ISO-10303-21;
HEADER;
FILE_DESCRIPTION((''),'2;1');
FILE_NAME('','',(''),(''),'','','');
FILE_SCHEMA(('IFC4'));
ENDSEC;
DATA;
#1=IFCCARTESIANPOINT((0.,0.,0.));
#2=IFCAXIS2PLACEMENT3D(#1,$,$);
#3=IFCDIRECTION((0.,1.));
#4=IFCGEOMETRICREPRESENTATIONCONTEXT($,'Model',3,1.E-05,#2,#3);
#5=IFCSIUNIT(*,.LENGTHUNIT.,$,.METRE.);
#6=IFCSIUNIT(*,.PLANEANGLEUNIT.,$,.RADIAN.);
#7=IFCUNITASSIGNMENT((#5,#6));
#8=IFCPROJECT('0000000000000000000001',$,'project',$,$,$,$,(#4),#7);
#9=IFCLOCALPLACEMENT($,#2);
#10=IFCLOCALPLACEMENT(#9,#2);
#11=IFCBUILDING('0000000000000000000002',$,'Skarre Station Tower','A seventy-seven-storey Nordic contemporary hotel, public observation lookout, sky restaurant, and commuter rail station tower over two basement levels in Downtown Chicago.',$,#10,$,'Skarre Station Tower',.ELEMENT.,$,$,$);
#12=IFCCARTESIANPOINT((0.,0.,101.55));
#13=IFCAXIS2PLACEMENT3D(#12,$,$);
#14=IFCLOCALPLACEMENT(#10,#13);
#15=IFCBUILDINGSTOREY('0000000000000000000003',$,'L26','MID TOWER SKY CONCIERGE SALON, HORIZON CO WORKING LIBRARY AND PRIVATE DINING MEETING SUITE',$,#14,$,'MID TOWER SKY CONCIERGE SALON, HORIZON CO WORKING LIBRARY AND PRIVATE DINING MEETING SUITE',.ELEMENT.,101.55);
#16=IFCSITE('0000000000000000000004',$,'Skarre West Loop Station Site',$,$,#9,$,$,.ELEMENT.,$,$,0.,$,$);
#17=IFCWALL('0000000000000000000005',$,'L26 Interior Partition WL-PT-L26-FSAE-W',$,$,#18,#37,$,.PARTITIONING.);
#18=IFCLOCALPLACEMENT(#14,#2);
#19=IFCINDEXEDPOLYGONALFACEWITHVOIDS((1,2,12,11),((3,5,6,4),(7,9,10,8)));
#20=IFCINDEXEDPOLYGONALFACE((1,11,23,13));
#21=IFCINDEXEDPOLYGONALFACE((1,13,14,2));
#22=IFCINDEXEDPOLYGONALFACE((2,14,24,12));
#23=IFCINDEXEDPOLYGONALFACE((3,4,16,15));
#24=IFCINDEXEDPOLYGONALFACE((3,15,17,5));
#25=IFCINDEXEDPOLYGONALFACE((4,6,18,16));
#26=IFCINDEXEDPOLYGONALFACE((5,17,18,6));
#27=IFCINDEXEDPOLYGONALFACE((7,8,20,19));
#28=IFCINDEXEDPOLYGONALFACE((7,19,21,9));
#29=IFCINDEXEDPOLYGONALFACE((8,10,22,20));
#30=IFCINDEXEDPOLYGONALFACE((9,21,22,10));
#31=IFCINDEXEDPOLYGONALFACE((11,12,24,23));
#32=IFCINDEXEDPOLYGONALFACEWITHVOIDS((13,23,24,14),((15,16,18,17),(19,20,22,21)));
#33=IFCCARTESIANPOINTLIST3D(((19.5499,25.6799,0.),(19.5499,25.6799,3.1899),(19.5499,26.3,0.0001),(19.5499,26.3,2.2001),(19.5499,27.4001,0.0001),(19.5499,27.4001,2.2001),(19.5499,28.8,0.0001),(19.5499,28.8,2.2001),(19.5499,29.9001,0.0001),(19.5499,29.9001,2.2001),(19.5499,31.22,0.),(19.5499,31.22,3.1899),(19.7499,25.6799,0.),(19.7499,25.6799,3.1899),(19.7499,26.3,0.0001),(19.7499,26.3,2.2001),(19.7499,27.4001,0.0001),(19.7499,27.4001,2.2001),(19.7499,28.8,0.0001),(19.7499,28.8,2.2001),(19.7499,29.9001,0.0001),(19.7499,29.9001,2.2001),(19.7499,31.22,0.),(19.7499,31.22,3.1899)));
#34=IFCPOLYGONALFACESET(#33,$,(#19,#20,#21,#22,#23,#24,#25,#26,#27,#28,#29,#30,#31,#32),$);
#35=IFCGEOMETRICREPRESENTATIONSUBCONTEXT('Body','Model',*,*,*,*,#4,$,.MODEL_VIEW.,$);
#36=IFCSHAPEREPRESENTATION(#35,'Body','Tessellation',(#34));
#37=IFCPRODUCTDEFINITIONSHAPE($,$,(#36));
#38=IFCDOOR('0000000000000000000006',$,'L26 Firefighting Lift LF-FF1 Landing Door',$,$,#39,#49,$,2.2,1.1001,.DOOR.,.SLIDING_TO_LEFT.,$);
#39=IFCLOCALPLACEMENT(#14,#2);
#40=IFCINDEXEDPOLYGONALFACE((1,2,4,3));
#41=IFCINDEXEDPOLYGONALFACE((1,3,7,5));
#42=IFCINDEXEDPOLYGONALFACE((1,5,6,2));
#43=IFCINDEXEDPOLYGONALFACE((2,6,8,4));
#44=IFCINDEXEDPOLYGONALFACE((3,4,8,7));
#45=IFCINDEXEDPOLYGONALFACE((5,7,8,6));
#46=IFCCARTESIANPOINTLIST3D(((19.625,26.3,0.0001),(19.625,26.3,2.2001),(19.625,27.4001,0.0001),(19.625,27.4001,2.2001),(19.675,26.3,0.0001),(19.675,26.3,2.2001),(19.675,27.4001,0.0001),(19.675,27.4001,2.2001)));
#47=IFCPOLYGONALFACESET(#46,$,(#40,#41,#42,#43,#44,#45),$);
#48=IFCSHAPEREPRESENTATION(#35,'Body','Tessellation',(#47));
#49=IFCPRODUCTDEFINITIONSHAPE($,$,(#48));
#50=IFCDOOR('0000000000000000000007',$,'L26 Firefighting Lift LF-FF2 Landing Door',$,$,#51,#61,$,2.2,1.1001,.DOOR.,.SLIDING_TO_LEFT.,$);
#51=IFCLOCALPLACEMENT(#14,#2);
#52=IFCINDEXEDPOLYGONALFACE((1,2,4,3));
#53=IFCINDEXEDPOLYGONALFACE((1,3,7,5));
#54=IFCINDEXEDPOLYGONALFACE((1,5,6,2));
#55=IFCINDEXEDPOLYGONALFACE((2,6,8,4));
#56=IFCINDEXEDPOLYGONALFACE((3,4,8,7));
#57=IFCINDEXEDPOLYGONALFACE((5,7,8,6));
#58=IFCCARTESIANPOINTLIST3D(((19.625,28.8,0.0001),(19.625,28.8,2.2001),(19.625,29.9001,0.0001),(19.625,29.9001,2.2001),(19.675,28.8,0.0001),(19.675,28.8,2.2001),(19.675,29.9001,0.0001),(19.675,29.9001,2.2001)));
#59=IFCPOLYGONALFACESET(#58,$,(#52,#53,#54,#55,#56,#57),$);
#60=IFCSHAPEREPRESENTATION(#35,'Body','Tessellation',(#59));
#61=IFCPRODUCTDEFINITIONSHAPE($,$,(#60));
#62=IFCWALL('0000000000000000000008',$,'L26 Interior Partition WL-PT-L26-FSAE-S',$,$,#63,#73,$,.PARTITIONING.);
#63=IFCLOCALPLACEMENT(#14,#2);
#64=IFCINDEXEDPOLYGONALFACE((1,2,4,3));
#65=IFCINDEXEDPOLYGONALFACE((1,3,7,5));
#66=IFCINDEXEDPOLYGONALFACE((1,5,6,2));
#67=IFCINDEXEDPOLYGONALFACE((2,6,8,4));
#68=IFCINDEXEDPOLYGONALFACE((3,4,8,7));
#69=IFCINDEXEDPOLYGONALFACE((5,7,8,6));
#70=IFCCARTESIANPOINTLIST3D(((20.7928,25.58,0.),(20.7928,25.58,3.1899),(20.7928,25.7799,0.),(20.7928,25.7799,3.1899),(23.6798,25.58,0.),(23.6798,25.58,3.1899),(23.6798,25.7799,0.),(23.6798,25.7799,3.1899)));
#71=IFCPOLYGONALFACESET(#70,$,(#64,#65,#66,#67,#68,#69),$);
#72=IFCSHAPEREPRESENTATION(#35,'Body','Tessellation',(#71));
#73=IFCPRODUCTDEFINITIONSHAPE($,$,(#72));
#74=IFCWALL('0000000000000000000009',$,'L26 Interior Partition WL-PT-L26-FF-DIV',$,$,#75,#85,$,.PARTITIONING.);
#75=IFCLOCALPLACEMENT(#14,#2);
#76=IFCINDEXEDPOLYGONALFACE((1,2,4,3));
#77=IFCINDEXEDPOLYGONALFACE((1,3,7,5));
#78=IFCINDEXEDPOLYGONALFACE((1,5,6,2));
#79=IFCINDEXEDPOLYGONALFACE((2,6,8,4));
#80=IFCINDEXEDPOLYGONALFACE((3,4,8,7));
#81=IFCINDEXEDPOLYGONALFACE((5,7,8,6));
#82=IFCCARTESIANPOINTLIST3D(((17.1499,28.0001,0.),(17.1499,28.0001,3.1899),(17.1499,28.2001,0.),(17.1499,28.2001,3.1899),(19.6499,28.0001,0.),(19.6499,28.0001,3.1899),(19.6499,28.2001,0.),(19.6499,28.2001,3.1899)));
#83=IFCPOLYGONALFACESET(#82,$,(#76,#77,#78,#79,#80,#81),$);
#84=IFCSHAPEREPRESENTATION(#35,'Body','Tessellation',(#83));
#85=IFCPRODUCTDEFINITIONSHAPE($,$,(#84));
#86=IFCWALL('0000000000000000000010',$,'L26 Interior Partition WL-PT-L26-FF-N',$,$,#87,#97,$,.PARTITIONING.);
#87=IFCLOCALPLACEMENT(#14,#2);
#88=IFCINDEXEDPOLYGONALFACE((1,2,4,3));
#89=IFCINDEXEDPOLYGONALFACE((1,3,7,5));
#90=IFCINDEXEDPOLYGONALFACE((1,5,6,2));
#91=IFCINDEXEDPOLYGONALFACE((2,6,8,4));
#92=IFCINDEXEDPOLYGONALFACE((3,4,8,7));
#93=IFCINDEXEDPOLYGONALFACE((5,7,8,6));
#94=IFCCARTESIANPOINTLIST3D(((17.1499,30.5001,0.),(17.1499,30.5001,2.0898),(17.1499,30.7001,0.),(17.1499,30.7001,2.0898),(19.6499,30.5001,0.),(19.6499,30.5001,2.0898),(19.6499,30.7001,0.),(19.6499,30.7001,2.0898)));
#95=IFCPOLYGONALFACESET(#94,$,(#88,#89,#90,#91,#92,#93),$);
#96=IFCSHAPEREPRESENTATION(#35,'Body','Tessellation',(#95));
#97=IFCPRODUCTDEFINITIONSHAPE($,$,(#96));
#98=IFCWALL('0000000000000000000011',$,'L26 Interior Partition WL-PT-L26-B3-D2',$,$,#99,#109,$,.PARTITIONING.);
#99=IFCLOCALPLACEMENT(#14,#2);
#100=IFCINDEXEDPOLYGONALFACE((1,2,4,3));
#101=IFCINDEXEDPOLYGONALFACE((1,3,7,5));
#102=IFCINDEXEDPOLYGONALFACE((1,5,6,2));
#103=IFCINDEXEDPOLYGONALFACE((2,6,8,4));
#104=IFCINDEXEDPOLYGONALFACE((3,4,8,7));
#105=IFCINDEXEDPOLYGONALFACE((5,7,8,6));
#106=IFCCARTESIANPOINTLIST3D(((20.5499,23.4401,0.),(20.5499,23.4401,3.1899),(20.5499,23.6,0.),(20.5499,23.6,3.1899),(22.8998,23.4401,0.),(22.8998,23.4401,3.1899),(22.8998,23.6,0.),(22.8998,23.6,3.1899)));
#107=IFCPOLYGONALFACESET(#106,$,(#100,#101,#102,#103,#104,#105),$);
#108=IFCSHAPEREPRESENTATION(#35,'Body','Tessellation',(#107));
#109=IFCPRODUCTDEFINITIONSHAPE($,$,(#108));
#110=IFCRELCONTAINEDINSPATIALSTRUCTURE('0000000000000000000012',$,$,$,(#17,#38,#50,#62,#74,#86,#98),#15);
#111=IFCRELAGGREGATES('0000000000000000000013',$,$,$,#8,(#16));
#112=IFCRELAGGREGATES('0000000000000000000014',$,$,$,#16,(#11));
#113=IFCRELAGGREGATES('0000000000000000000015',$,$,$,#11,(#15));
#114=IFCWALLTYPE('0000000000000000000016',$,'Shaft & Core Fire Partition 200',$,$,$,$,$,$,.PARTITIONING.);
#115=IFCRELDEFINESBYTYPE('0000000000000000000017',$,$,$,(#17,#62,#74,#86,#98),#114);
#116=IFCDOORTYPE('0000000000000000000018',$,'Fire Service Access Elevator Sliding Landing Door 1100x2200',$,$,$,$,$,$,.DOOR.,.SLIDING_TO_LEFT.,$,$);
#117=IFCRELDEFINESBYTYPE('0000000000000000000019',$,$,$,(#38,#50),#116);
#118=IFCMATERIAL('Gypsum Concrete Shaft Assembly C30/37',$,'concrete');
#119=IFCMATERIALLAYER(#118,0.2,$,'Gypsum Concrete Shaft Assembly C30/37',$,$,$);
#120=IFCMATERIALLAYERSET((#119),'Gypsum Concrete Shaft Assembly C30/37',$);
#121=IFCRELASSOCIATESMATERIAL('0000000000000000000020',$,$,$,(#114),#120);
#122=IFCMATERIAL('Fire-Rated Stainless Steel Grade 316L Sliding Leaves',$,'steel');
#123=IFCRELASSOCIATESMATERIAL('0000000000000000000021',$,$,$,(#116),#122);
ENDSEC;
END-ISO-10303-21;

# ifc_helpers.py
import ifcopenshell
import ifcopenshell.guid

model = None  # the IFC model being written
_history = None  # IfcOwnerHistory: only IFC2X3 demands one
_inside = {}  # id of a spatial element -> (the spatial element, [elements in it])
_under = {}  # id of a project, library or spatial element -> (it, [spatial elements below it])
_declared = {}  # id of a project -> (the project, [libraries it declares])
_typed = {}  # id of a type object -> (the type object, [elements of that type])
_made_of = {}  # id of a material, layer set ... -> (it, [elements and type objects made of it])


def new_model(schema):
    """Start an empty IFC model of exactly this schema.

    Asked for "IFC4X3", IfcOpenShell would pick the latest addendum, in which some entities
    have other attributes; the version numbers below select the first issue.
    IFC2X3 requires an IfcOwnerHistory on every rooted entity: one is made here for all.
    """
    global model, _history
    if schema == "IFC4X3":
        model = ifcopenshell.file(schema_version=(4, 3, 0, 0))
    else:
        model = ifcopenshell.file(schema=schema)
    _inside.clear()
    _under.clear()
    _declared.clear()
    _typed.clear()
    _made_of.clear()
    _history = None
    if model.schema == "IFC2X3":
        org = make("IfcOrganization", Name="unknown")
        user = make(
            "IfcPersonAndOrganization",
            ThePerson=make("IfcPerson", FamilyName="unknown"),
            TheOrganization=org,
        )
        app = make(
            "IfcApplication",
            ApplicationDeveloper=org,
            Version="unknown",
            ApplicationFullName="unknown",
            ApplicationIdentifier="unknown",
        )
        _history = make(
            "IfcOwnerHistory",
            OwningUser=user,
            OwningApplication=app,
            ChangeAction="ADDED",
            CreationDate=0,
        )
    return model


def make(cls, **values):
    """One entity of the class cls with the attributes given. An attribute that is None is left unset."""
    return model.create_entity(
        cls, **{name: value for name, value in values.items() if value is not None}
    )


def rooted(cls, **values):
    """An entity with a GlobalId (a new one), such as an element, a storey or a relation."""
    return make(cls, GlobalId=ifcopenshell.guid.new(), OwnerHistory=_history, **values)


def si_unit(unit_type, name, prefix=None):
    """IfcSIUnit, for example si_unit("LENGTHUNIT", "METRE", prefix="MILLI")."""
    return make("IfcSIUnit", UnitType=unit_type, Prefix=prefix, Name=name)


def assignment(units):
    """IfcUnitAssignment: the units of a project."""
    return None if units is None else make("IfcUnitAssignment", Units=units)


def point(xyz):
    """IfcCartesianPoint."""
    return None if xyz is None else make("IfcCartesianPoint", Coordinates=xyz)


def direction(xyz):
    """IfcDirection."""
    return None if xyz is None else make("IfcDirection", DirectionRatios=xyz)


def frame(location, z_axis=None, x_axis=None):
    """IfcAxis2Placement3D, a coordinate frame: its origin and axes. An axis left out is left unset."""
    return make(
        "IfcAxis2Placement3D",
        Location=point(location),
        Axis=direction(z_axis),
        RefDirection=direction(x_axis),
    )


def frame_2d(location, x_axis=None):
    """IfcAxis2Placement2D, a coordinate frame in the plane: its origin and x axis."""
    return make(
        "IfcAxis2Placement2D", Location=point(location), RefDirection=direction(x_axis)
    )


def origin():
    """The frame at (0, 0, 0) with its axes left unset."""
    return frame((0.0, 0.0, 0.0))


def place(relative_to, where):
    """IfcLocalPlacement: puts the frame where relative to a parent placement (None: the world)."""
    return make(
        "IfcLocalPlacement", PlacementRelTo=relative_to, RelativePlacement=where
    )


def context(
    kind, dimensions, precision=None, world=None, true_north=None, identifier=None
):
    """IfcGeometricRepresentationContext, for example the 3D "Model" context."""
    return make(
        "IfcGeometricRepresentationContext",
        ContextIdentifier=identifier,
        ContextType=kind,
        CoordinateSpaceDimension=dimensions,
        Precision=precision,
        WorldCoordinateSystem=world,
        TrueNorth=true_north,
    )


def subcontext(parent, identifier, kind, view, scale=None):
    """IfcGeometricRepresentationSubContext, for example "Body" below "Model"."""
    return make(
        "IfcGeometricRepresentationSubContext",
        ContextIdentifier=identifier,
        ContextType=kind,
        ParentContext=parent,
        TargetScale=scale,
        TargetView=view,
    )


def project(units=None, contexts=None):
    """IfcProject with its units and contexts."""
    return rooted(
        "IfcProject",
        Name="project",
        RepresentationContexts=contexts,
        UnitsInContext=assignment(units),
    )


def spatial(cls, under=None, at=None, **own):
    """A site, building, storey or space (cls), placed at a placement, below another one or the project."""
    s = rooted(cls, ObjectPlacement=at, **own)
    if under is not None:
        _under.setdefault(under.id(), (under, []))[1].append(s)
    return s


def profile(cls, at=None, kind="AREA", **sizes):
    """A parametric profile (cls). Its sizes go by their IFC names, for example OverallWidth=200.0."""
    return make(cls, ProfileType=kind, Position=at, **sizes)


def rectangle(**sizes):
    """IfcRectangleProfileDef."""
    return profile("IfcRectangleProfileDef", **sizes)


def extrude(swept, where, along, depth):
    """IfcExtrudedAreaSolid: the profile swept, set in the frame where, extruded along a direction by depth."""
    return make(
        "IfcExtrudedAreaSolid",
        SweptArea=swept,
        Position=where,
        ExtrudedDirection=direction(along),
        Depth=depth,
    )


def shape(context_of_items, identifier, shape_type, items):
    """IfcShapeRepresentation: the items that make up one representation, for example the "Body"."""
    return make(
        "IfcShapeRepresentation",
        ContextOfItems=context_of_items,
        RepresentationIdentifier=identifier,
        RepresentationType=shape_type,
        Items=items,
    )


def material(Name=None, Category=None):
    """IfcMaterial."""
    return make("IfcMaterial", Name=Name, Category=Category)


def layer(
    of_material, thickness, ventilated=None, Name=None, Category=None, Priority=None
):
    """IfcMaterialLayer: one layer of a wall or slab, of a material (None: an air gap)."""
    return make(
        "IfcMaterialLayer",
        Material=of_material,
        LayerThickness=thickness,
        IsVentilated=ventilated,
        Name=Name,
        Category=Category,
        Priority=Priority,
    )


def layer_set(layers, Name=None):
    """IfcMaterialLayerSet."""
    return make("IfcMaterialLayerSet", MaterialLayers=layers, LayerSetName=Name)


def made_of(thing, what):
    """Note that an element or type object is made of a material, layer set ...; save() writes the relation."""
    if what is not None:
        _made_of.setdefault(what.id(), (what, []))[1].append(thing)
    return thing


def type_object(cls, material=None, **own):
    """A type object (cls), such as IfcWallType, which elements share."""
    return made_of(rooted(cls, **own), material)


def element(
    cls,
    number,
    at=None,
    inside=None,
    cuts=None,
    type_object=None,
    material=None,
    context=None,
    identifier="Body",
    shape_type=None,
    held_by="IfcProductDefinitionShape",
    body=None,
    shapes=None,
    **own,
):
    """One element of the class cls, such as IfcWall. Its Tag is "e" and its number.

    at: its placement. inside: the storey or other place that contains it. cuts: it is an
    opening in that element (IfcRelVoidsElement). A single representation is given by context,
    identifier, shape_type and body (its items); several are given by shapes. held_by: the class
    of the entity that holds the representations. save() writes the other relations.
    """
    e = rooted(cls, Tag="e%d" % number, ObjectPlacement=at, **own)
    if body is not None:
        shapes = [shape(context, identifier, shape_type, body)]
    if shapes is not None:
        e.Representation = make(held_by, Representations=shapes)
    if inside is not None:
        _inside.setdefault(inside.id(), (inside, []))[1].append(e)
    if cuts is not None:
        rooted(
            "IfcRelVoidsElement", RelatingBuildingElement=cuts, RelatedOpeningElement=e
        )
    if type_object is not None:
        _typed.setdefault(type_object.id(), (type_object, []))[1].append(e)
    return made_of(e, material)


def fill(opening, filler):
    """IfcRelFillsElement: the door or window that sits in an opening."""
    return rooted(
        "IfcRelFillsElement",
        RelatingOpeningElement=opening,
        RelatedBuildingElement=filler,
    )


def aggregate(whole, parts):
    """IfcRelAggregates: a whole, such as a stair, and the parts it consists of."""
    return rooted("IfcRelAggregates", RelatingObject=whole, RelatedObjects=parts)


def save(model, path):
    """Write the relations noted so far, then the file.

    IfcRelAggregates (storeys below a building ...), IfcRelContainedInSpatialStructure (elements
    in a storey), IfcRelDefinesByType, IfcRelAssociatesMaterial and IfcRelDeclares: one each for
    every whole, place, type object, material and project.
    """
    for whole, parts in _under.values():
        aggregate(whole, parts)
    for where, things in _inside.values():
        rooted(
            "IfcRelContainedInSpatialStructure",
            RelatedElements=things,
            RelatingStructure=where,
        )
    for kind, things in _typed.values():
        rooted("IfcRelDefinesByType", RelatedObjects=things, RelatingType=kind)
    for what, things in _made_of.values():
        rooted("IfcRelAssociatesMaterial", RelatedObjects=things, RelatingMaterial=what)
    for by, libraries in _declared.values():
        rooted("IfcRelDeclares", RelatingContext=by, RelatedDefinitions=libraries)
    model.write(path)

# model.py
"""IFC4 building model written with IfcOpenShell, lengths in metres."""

from ifc_helpers import new_model, si_unit, direction, frame, frame_2d, origin, place, context, subcontext, project, spatial, rectangle, extrude, material, layer, layer_set, type_object, element, fill, save


model = new_model("IFC4")

# Units and contexts
model_context = context("Model", 3, precision=1e-05, world=origin(), true_north=direction((0.0, 1.0)))
body_context = subcontext(model_context, "Body", "Model", "MODEL_VIEW")
ifc_project = project(units=[si_unit("LENGTHUNIT", "METRE"), si_unit("PLANEANGLEUNIT", "RADIAN")], contexts=[model_context])

# Site, building, storey
site_placement = place(None, origin())
site = spatial("IfcSite", under=ifc_project, at=site_placement, Name="Skarre West Loop Station Site", CompositionType="ELEMENT", RefElevation=0.0)
building_placement = place(site_placement, origin())
building = spatial("IfcBuilding", under=site, at=building_placement, Name="Skarre Station Tower", Description="A seventy-seven-storey Nordic contemporary hotel, public observation lookout, sky restaurant, and commuter rail station tower over two basement levels in Downtown Chicago.", LongName="Skarre Station Tower", CompositionType="ELEMENT")
storey_placement = place(building_placement, frame((0.0, 0.0, 101.55)))
storey = spatial("IfcBuildingStorey", under=building, at=storey_placement, Name="L26", Description="MID TOWER SKY CONCIERGE SALON, HORIZON CO WORKING LIBRARY AND PRIVATE DINING MEETING SUITE", LongName="MID TOWER SKY CONCIERGE SALON, HORIZON CO WORKING LIBRARY AND PRIVATE DINING MEETING SUITE", CompositionType="ELEMENT", Elevation=101.55)

# Wall, openings, doors
ifc_material_1 = material(Name="Gypsum Concrete Shaft Assembly C30/37", Category="concrete")
ifc_layer_1 = layer(ifc_material_1, 0.2, Name="Gypsum Concrete Shaft Assembly C30/37")
ifc_layer_set_1 = layer_set([ifc_layer_1], Name="Gypsum Concrete Shaft Assembly C30/37")
wall_type_1 = type_object("IfcWallType", Name="Shaft & Core Fire Partition 200", PredefinedType="PARTITIONING", material=ifc_layer_set_1)
wall_1_placement = place(storey_placement, frame((19.6499, 25.6799, 0.0), z_axis=(0.0, 0.0, 1.0), x_axis=(0.0, 1.0, 0.0)))
wall_1 = element("IfcWall", 1, at=wall_1_placement, inside=storey, type_object=wall_type_1, Name="L26 Interior Partition WL-PT-L26-FSAE-W", PredefinedType="PARTITIONING", context=body_context, shape_type="SweptSolid", body=[
    extrude(rectangle(XDim=5.54, YDim=0.2, at=frame_2d((2.77, 0.0))), origin(), (0.0, 0.0, 1.0), 3.1899),
])
opening_1_placement = place(wall_1_placement, frame((0.6201, 0.0, 0.0)))
opening_1 = element("IfcOpeningElement", 2, at=opening_1_placement, cuts=wall_1, PredefinedType="OPENING", context=body_context, shape_type="SweptSolid", body=[
    extrude(rectangle(XDim=1.1001, YDim=2.2, at=frame_2d((0.55, 1.1001))), frame((0.0, 0.1099, 0.0), z_axis=(0.0, -1.0, 0.0), x_axis=(1.0, 0.0, 0.0)), (0.0, 0.0, 1.0), 0.22),
])
opening_2_placement = place(wall_1_placement, frame((3.1201, 0.0, 0.0)))
opening_2 = element("IfcOpeningElement", 3, at=opening_2_placement, cuts=wall_1, PredefinedType="OPENING", context=body_context, shape_type="SweptSolid", body=[
    extrude(rectangle(XDim=1.1001, YDim=2.2, at=frame_2d((0.55, 1.1001))), frame((0.0, 0.1099, 0.0), z_axis=(0.0, -1.0, 0.0), x_axis=(1.0, 0.0, 0.0)), (0.0, 0.0, 1.0), 0.22),
])
ifc_material_2 = material(Name="Fire-Rated Stainless Steel Grade 316L Sliding Leaves", Category="steel")
door_type_1 = type_object("IfcDoorType", Name="Fire Service Access Elevator Sliding Landing Door 1100x2200", OperationType="SLIDING_TO_LEFT", PredefinedType="DOOR", material=ifc_material_2)
door_1_placement = place(opening_1_placement, origin())
door_1 = element("IfcDoor", 4, at=door_1_placement, inside=storey, type_object=door_type_1, Name="L26 Firefighting Lift LF-FF1 Landing Door", OperationType="SLIDING_TO_LEFT", OverallHeight=2.2, OverallWidth=1.1001, PredefinedType="DOOR", context=body_context, shape_type="SweptSolid", body=[
    extrude(rectangle(XDim=1.1001, YDim=2.2, at=frame_2d((0.55, 1.1001))), frame((0.0, 0.0249, 0.0), z_axis=(0.0, -1.0, 0.0), x_axis=(1.0, 0.0, 0.0)), (0.0, 0.0, 1.0), 0.05),
])
fill(opening_1, door_1)
door_2_placement = place(opening_2_placement, origin())
door_2 = element("IfcDoor", 5, at=door_2_placement, inside=storey, type_object=door_type_1, Name="L26 Firefighting Lift LF-FF2 Landing Door", OperationType="SLIDING_TO_LEFT", OverallHeight=2.2, OverallWidth=1.1001, PredefinedType="DOOR", context=body_context, shape_type="SweptSolid", body=[
    extrude(rectangle(XDim=1.1001, YDim=2.2, at=frame_2d((0.55, 1.1001))), frame((0.0, 0.0249, 0.0), z_axis=(0.0, -1.0, 0.0), x_axis=(1.0, 0.0, 0.0)), (0.0, 0.0, 1.0), 0.05),
])
fill(opening_2, door_2)

# Walls
wall_2_placement = place(storey_placement, frame((20.793, 25.6799, 0.0), z_axis=(0.0, 0.0, 1.0), x_axis=(1.0, 0.0, 0.0)))
element("IfcWall", 6, at=wall_2_placement, inside=storey, type_object=wall_type_1, Name="L26 Interior Partition WL-PT-L26-FSAE-S", PredefinedType="PARTITIONING", context=body_context, shape_type="SweptSolid", body=[
    extrude(rectangle(XDim=2.887, YDim=0.2, at=frame_2d((1.4434, 0.0))), origin(), (0.0, 0.0, 1.0), 3.1899),
])
wall_3_placement = place(storey_placement, frame((17.1499, 28.1001, 0.0), z_axis=(0.0, 0.0, 1.0), x_axis=(1.0, 0.0, 0.0)))
element("IfcWall", 7, at=wall_3_placement, inside=storey, type_object=wall_type_1, Name="L26 Interior Partition WL-PT-L26-FF-DIV", PredefinedType="PARTITIONING", context=body_context, shape_type="SweptSolid", body=[
    extrude(rectangle(XDim=2.5, YDim=0.2, at=frame_2d((1.25, 0.0))), origin(), (0.0, 0.0, 1.0), 3.1899),
])
wall_4_placement = place(storey_placement, frame((19.6499, 30.6001, 0.0), z_axis=(0.0, 0.0, 1.0), x_axis=(-1.0, 0.0, 0.0)))
element("IfcWall", 8, at=wall_4_placement, inside=storey, type_object=wall_type_1, Name="L26 Interior Partition WL-PT-L26-FF-N", PredefinedType="PARTITIONING", context=body_context, shape_type="SweptSolid", body=[
    extrude(rectangle(XDim=2.5, YDim=0.2, at=frame_2d((1.25, 0.0))), origin(), (0.0, 0.0, 1.0), 2.0898),
])
wall_5_placement = place(storey_placement, frame((20.55, 23.52, 0.0), z_axis=(0.0, 0.0, 1.0), x_axis=(1.0, 0.0, 0.0)))
element("IfcWall", 9, at=wall_5_placement, inside=storey, type_object=wall_type_1, Name="L26 Interior Partition WL-PT-L26-B3-D2", PredefinedType="PARTITIONING", context=body_context, shape_type="SweptSolid", body=[
    extrude(rectangle(XDim=2.3499, YDim=0.1599, at=frame_2d((1.1748, 0.0))), origin(), (0.0, 0.0, 1.0), 3.1899),
])

save(model, "model.ifc")
